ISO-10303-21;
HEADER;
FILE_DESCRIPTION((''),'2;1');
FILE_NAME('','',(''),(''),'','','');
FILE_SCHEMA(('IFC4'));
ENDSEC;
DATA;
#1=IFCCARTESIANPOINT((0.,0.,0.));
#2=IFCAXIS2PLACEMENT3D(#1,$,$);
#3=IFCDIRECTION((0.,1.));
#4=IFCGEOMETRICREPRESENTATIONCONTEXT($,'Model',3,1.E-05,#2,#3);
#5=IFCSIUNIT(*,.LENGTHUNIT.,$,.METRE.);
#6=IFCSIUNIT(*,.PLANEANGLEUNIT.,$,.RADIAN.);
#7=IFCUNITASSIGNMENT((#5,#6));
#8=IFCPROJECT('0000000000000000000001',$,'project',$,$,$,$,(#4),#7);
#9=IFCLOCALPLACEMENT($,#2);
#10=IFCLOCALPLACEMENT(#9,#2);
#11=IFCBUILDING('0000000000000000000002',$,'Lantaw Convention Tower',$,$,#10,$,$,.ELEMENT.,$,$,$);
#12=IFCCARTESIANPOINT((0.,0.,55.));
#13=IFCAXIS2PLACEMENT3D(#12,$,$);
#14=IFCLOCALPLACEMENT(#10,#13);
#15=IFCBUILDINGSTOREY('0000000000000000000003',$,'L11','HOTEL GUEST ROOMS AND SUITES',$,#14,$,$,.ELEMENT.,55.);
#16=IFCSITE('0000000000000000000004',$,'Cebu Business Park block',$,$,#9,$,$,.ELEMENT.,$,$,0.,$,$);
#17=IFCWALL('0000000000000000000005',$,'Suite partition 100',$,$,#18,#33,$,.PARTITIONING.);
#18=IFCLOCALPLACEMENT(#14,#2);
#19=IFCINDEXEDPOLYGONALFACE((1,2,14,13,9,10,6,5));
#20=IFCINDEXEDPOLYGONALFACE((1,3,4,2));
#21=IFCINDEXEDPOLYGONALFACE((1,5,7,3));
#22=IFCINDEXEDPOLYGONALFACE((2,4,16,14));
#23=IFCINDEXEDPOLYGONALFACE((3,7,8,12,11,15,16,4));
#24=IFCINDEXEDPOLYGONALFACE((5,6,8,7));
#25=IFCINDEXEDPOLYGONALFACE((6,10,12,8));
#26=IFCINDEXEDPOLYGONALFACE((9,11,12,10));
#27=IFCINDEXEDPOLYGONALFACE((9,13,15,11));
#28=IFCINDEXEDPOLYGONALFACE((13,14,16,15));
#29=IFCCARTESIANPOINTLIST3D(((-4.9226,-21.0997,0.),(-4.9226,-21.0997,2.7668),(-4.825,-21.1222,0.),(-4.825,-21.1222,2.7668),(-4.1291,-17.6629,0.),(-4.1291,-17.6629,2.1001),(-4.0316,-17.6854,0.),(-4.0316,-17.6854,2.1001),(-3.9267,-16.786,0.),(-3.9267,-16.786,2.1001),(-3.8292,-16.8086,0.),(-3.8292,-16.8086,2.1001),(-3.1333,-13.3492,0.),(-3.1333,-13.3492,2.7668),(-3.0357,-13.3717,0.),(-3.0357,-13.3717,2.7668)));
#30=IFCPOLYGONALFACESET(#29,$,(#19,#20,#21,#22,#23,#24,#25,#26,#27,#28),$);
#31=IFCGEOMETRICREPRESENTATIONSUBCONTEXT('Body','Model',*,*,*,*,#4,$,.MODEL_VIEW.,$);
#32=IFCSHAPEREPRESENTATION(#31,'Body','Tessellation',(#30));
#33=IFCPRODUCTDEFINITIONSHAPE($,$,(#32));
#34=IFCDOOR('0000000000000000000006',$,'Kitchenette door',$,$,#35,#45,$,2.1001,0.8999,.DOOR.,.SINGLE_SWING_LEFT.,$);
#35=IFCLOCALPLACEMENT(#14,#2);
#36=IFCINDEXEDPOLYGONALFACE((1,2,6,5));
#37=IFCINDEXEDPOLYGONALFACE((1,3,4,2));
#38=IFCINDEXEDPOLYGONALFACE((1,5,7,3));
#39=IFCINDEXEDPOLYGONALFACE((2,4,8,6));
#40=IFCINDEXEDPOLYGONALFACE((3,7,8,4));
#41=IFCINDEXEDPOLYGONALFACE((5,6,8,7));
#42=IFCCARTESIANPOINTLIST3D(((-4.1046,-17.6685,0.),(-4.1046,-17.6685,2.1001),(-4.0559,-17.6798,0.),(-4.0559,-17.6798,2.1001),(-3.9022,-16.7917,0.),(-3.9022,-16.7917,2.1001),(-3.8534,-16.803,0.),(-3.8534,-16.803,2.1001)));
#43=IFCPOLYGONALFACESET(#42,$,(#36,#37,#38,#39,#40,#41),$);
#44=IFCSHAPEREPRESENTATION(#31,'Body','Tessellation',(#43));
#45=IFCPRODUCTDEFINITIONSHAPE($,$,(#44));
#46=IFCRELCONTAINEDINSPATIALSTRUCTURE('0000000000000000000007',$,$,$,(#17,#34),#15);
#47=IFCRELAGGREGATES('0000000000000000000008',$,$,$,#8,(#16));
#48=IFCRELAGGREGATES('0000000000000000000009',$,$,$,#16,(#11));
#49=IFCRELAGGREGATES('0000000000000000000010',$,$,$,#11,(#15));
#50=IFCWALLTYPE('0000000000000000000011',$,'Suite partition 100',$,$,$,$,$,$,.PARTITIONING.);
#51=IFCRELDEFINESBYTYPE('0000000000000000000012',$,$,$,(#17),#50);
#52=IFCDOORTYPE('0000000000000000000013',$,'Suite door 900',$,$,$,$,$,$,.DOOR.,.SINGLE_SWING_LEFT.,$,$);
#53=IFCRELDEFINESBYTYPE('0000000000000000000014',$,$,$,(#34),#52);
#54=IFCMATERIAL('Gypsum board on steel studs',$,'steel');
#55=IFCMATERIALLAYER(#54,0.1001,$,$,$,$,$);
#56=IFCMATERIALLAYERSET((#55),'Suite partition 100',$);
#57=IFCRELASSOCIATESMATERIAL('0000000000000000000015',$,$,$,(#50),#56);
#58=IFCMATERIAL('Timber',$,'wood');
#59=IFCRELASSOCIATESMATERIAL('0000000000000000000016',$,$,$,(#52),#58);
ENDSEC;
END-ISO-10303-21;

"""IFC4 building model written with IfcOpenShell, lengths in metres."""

from ifc_helpers import new_model, si_unit, direction, frame, frame_2d, origin, place, context, subcontext, project, spatial, rectangle, extrude, material, layer, layer_set, type_object, element, fill, save


model = new_model("IFC4")

# Units and contexts
model_context = context("Model", 3, precision=1e-05, world=origin(), true_north=direction((0.0, 1.0)))
body_context = subcontext(model_context, "Body", "Model", "MODEL_VIEW")
ifc_project = project(units=[si_unit("LENGTHUNIT", "METRE"), si_unit("PLANEANGLEUNIT", "RADIAN")], contexts=[model_context])

# Site, building, storey
site_placement = place(None, origin())
site = spatial("IfcSite", under=ifc_project, at=site_placement, Name="Cebu Business Park block", CompositionType="ELEMENT", RefElevation=0.0)
building_placement = place(site_placement, origin())
building = spatial("IfcBuilding", under=site, at=building_placement, Name="Lantaw Convention Tower", CompositionType="ELEMENT")
storey_placement = place(building_placement, frame((0.0, 0.0, 55.0)))
storey = spatial("IfcBuildingStorey", under=building, at=storey_placement, Name="L11", Description="HOTEL GUEST ROOMS AND SUITES", CompositionType="ELEMENT", Elevation=55.0)

# Shared definitions
ifc_material_1 = material(Name="Timber", Category="wood")

# Wall, opening, door
ifc_material_2 = material(Name="Gypsum board on steel studs", Category="steel")
ifc_layer_1 = layer(ifc_material_2, 0.1001)
ifc_layer_set_1 = layer_set([ifc_layer_1], Name="Suite partition 100")
wall_type_1 = type_object("IfcWallType", Name="Suite partition 100", PredefinedType="PARTITIONING", material=ifc_layer_set_1)
door_type_1 = type_object("IfcDoorType", Name="Suite door 900", OperationType="SINGLE_SWING_LEFT", PredefinedType="DOOR", material=ifc_material_1)
wall_1_placement = place(storey_placement, frame((-4.8738, -21.1108, 0.0), z_axis=(0.0, 0.0, 1.0), x_axis=(0.224947, 0.974371, 0.0)))
wall_1 = element("IfcWall", 1, at=wall_1_placement, inside=storey, type_object=wall_type_1, Name="Suite partition 100", PredefinedType="PARTITIONING", context=body_context, shape_type="SweptSolid", body=[
    extrude(rectangle(XDim=7.9543, YDim=0.1001, at=frame_2d((3.9771, 0.0))), origin(), (0.0, 0.0, 1.0), 2.7668),
])
opening_1_placement = place(wall_1_placement, frame((3.5271, 0.0, 0.0)))
opening_1 = element("IfcOpeningElement", 2, at=opening_1_placement, cuts=wall_1, PredefinedType="OPENING", context=body_context, shape_type="SweptSolid", body=[
    extrude(rectangle(XDim=0.8999, YDim=2.1001, at=frame_2d((0.45, 1.05))), frame((0.0, 0.0601, 0.0), z_axis=(0.0, -1.0, 0.0), x_axis=(1.0, 0.0, 0.0)), (0.0, 0.0, 1.0), 0.1201),
])
door_1_placement = place(opening_1_placement, origin())
door_1 = element("IfcDoor", 3, at=door_1_placement, inside=storey, type_object=door_type_1, Name="Kitchenette door", OperationType="SINGLE_SWING_LEFT", OverallHeight=2.1001, OverallWidth=0.8999, PredefinedType="DOOR", context=body_context, shape_type="SweptSolid", body=[
    extrude(rectangle(XDim=0.8999, YDim=2.1001, at=frame_2d((0.45, 1.05))), frame((0.0, 0.0249, 0.0), z_axis=(0.0, -1.0, 0.0), x_axis=(1.0, 0.0, 0.0)), (0.0, 0.0, 1.0), 0.05),
])
fill(opening_1, door_1)

save(model, "model.ifc")
